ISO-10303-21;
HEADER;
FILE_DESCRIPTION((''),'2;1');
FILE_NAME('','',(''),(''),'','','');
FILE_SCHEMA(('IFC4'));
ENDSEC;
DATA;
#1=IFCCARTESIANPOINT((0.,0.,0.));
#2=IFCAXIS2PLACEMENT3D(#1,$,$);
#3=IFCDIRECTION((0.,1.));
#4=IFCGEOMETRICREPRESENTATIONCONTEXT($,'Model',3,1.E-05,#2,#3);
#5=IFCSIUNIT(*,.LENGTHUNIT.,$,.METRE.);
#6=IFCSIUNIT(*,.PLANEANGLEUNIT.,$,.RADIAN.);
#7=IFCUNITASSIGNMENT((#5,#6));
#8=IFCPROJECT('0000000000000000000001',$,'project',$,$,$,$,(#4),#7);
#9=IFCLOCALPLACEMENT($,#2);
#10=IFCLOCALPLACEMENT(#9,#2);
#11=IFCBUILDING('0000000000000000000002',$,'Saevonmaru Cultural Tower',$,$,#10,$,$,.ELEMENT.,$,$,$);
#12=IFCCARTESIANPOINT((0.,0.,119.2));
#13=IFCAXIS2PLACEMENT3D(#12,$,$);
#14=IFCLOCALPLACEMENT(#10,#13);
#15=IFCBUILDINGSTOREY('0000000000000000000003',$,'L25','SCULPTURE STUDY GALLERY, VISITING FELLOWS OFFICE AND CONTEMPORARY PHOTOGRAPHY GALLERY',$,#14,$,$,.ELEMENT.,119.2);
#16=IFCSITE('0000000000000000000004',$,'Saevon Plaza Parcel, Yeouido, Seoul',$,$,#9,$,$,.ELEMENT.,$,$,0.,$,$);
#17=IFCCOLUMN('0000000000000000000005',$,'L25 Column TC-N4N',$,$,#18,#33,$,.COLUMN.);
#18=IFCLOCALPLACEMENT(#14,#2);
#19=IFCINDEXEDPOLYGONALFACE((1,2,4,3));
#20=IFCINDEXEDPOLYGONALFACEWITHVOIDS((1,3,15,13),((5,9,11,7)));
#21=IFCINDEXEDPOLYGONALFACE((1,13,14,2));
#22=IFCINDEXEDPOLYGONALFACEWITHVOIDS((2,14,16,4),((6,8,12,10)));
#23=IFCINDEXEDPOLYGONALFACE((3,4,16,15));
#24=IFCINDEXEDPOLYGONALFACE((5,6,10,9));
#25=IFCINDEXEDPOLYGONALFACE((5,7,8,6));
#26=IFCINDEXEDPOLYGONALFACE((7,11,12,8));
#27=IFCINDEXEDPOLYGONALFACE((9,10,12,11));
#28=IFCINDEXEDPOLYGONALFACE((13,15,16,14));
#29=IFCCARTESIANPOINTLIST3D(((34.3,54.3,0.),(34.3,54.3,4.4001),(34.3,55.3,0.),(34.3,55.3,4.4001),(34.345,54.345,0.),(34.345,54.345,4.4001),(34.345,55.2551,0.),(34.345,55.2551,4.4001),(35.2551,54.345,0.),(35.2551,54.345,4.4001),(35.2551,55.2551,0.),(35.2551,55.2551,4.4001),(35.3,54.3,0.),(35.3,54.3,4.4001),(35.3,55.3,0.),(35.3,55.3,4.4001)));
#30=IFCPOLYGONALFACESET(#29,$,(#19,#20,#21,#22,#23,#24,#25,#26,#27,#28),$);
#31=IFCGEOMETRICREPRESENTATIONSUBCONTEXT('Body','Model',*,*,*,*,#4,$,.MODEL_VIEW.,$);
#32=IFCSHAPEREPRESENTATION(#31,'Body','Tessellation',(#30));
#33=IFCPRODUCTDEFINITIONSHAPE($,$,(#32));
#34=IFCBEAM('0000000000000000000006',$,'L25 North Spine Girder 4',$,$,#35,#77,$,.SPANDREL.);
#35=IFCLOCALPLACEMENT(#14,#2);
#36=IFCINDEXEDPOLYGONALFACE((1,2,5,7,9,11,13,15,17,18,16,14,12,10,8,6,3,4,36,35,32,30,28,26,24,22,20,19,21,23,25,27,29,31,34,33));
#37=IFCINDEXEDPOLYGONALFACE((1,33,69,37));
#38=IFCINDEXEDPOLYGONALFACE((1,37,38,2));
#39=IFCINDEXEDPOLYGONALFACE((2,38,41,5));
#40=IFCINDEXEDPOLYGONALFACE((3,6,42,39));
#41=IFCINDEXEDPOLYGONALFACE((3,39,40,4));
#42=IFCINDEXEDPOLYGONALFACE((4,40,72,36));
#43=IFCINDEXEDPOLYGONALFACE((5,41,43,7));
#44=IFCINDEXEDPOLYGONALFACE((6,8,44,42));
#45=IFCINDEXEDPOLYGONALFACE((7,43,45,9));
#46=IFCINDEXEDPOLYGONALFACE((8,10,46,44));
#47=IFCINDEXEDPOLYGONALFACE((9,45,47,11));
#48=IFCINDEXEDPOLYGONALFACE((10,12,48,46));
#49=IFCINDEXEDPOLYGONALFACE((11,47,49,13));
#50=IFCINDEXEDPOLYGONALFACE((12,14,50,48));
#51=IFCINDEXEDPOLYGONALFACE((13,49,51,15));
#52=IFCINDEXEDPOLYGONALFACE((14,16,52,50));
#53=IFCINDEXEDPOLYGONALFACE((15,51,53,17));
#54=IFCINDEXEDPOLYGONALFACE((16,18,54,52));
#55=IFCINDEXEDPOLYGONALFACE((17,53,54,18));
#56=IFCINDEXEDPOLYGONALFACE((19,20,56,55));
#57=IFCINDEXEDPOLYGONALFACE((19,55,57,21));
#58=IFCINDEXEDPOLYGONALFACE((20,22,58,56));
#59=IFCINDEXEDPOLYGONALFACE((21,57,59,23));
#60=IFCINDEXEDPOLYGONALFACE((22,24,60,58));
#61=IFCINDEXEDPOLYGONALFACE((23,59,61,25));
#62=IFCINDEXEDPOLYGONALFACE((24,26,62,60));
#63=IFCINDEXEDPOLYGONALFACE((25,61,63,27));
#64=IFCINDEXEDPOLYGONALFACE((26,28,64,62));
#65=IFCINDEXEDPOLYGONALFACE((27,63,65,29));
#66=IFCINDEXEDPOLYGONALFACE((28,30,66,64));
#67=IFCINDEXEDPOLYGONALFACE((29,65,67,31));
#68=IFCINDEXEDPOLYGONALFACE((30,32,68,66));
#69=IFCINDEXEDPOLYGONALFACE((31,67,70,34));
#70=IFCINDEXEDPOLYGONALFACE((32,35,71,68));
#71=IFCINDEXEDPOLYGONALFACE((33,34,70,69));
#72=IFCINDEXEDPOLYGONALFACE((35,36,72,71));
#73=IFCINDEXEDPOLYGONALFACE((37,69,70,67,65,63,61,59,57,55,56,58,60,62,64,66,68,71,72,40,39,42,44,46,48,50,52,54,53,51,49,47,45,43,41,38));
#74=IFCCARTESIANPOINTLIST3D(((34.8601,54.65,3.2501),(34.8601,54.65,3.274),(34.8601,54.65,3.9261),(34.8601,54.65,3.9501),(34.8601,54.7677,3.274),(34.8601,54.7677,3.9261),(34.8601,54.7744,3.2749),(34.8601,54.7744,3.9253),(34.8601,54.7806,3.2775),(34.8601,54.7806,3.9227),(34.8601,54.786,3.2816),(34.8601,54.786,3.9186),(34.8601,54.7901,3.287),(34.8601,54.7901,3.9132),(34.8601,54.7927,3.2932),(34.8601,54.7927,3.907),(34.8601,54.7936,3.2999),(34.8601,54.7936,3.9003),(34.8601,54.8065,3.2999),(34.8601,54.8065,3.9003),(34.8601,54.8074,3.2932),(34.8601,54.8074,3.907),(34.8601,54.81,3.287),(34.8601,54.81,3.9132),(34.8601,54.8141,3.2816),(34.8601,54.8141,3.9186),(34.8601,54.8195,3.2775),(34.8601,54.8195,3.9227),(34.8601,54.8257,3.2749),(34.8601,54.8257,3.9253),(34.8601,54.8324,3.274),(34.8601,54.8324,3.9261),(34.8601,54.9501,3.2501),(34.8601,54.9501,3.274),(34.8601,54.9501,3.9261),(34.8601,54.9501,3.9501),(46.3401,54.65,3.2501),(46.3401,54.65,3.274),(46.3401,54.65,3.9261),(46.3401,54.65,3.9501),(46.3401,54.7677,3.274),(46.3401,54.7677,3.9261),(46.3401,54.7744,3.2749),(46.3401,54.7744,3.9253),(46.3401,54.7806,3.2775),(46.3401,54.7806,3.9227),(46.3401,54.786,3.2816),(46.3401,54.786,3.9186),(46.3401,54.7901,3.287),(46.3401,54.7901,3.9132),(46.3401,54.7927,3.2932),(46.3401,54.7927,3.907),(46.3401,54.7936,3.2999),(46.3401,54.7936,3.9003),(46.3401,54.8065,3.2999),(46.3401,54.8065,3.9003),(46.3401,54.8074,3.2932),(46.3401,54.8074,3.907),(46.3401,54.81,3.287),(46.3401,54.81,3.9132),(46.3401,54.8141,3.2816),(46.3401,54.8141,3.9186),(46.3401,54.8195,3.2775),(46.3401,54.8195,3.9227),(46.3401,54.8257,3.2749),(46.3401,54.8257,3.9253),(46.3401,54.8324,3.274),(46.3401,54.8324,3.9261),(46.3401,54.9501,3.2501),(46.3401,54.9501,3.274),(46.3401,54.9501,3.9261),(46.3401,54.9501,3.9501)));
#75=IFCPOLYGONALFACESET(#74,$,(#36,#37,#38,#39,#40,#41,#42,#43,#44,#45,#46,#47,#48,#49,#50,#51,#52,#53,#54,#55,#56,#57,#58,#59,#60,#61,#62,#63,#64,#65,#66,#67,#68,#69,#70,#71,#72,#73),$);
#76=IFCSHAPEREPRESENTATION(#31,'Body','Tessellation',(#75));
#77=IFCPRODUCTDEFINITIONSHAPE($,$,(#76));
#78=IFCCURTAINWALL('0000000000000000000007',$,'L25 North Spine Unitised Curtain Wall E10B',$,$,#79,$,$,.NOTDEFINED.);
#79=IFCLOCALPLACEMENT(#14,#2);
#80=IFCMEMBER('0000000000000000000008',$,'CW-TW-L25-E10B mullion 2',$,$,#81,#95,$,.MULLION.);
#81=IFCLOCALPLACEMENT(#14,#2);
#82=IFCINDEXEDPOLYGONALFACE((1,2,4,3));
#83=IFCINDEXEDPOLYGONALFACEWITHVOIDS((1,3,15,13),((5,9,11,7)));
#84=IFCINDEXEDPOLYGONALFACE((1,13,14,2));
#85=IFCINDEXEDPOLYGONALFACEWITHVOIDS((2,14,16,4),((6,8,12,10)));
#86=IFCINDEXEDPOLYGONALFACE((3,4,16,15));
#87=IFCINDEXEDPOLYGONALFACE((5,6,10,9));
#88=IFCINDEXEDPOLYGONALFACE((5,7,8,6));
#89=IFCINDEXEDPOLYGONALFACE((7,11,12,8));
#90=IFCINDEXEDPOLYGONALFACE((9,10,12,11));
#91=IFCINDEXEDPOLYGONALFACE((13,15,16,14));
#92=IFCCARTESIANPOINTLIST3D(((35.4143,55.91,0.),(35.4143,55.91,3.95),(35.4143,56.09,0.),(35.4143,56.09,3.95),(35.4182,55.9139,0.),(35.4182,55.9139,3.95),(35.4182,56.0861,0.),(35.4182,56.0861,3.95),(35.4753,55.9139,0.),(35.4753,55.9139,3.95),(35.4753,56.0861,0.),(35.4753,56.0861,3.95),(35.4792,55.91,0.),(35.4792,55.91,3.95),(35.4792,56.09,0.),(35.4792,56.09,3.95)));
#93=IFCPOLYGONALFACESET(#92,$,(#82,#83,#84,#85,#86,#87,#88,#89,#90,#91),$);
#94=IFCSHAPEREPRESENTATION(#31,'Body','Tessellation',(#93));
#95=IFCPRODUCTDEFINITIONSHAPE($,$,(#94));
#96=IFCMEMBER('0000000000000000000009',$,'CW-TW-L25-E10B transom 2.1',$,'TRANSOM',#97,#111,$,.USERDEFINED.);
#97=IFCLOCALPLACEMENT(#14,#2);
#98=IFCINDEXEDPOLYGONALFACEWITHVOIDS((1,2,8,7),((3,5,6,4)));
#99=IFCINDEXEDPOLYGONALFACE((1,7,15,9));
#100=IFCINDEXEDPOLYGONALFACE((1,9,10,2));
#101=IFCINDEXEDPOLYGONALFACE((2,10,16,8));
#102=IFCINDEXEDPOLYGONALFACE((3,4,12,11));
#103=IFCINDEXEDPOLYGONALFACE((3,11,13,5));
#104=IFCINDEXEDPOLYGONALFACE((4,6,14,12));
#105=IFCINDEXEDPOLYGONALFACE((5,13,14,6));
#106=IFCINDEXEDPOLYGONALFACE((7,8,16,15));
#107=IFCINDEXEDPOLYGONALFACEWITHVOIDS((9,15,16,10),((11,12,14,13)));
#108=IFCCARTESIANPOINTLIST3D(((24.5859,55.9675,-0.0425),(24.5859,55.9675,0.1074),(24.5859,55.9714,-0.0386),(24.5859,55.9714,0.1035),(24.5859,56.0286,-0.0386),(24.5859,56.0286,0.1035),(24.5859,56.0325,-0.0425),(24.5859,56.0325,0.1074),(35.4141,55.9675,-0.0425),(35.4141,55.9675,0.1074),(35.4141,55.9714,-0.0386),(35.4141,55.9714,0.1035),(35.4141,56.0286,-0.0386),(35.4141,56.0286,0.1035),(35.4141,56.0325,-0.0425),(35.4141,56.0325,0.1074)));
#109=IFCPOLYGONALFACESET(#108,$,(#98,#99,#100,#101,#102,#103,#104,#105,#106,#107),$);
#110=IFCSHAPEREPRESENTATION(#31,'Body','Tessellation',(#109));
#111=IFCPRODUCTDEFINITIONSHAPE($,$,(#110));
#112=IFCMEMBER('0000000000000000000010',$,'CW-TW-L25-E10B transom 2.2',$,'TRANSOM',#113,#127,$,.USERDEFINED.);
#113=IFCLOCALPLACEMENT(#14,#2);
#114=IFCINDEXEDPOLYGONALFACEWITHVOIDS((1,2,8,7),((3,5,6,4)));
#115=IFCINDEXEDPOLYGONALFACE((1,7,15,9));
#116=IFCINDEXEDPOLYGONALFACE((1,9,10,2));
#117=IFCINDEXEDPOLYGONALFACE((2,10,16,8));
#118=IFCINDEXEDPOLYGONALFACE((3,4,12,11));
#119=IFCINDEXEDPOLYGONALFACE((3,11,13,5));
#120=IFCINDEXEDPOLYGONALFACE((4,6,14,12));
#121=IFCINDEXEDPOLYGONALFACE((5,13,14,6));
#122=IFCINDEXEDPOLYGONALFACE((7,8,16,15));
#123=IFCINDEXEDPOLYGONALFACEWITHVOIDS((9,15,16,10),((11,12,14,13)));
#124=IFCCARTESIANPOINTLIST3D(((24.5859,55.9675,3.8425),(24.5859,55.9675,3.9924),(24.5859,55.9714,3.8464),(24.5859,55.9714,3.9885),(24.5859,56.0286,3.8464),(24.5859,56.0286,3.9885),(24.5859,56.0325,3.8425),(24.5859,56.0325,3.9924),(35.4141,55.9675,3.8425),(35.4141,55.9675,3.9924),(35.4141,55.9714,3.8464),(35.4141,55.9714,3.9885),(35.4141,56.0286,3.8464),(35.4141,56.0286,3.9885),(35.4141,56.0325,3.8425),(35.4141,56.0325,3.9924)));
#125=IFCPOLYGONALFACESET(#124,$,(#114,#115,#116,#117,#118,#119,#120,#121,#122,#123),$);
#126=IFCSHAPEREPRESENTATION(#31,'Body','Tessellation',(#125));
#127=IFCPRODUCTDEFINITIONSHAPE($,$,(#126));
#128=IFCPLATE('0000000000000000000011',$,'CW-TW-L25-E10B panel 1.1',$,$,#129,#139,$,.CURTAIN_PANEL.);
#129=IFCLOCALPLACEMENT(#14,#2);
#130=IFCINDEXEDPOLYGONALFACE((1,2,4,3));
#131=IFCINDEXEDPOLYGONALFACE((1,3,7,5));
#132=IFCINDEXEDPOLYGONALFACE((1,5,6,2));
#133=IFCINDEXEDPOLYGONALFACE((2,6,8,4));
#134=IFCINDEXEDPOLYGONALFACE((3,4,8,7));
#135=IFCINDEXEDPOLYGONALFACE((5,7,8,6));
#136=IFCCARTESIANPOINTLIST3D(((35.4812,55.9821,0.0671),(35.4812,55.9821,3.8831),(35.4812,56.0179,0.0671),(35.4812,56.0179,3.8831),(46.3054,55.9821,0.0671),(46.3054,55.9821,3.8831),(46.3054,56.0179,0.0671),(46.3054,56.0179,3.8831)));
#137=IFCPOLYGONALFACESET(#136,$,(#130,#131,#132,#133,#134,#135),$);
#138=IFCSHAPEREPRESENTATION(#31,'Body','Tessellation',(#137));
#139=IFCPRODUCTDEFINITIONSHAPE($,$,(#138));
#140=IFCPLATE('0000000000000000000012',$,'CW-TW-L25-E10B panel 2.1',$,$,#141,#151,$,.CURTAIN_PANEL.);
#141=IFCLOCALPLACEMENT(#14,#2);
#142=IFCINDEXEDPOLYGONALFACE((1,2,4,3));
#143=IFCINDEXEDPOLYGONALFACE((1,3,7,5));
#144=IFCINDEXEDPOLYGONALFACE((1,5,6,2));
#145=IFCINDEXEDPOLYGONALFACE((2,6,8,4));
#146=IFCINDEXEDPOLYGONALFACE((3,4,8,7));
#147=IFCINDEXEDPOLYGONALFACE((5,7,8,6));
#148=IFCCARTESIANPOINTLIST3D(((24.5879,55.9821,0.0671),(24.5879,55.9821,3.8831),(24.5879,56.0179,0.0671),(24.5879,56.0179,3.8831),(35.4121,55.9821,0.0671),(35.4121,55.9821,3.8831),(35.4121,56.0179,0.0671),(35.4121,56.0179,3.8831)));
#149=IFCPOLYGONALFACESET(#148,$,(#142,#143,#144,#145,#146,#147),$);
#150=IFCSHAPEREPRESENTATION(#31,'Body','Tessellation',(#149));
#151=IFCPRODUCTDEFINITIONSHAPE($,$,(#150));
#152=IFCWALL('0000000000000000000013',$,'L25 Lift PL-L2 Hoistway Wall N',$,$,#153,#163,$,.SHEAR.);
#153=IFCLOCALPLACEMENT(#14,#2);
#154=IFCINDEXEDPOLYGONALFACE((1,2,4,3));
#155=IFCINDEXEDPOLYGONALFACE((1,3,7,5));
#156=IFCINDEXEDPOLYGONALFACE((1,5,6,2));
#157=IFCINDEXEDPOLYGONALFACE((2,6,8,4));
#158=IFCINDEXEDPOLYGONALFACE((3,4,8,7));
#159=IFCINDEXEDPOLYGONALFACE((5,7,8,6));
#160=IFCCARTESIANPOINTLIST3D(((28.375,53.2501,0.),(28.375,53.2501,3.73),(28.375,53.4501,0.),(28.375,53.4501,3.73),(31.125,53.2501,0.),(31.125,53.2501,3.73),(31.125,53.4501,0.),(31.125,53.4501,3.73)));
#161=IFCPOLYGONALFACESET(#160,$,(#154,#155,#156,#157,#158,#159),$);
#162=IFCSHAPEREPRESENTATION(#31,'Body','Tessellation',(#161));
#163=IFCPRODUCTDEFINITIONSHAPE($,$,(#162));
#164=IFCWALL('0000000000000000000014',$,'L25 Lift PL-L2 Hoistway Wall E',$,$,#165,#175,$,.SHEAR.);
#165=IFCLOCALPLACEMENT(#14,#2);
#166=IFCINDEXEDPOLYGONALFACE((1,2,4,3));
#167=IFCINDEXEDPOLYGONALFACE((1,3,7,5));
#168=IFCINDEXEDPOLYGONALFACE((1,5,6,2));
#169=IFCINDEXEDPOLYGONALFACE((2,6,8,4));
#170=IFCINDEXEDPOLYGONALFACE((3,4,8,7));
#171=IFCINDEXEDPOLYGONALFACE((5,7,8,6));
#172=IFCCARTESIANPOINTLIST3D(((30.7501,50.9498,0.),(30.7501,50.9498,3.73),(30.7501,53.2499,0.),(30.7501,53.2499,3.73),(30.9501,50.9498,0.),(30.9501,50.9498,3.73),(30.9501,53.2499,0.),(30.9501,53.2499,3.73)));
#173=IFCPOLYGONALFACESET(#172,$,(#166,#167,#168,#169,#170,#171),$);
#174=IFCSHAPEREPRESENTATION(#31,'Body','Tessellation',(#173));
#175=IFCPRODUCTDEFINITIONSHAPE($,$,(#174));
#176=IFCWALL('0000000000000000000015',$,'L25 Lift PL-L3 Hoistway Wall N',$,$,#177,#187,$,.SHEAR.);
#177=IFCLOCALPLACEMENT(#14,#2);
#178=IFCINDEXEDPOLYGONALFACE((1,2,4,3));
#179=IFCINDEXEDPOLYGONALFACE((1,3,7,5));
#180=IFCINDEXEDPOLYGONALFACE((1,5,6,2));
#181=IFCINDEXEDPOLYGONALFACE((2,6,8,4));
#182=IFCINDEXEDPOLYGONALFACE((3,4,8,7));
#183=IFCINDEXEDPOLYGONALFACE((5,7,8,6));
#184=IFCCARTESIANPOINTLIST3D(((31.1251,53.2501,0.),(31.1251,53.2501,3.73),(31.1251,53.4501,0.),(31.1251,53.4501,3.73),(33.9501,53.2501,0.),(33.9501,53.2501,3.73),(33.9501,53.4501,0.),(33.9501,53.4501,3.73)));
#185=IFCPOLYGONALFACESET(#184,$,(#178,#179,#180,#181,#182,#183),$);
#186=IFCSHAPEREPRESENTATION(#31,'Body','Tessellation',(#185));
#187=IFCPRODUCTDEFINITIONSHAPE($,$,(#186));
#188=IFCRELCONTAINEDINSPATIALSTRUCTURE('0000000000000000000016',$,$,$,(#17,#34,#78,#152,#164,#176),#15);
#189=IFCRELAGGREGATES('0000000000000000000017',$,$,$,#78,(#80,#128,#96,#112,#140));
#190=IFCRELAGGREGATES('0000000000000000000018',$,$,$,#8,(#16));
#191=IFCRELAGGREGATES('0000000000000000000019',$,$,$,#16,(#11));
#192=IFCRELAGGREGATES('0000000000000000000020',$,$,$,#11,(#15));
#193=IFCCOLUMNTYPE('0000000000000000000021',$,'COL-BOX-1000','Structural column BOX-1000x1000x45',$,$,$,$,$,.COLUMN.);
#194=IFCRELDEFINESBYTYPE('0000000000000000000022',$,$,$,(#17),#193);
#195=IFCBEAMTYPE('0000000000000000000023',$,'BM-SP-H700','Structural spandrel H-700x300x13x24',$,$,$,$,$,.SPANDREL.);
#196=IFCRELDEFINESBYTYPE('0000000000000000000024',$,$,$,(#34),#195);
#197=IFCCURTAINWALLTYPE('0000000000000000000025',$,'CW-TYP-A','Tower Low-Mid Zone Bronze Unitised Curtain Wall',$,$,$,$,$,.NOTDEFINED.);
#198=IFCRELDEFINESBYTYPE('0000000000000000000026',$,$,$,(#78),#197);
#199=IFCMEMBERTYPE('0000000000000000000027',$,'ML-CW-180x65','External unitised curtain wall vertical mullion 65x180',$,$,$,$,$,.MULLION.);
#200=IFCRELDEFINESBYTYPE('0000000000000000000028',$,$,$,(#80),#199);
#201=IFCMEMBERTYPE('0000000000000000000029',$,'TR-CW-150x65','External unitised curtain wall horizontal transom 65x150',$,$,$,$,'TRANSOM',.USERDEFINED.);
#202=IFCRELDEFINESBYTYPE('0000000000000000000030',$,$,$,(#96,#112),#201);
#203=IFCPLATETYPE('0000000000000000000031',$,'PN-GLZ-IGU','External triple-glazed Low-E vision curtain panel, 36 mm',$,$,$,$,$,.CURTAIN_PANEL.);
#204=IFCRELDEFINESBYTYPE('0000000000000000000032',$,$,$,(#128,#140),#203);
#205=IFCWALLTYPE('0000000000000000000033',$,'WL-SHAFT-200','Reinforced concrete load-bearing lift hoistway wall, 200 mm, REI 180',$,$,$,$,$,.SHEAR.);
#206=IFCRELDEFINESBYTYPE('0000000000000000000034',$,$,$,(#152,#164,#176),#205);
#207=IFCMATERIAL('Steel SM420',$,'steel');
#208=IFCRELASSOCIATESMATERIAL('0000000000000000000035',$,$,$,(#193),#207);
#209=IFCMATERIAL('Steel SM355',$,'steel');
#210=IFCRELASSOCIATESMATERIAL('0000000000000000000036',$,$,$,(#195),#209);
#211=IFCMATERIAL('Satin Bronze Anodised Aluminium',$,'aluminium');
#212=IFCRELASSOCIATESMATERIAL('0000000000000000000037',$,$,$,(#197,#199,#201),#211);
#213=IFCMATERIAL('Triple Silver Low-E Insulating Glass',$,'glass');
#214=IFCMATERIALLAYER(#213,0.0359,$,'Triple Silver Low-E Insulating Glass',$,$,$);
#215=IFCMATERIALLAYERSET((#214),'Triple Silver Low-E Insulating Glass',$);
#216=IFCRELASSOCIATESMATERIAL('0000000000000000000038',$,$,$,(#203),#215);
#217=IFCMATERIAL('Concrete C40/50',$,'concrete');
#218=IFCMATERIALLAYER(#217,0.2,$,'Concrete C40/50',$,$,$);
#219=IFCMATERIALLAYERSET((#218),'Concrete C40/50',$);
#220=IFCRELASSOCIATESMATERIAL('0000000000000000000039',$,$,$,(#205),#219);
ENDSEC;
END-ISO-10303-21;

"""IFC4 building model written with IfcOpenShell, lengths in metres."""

from ifc_helpers import new_model, si_unit, direction, frame, frame_2d, origin, origin_2d, place, context, subcontext, project, spatial, rectangle, hollow_rectangle, i_section, extrude, material, layer, layer_set, material_profile, profile_set, type_object, element, aggregate, save


model = new_model("IFC4")

# Units and contexts
model_context = context("Model", 3, precision=1e-05, world=origin(), true_north=direction((0.0, 1.0)))
body_context = subcontext(model_context, "Body", "Model", "MODEL_VIEW")
ifc_project = project(units=[si_unit("LENGTHUNIT", "METRE"), si_unit("PLANEANGLEUNIT", "RADIAN")], contexts=[model_context])

# Site, building, storey
site_placement = place(None, origin())
site = spatial("IfcSite", under=ifc_project, at=site_placement, Name="Saevon Plaza Parcel, Yeouido, Seoul", CompositionType="ELEMENT", RefElevation=0.0)
building_placement = place(site_placement, origin())
building = spatial("IfcBuilding", under=site, at=building_placement, Name="Saevonmaru Cultural Tower", CompositionType="ELEMENT")
storey_placement = place(building_placement, frame((0.0, 0.0, 119.2)))
storey = spatial("IfcBuildingStorey", under=building, at=storey_placement, Name="L25", Description="SCULPTURE STUDY GALLERY, VISITING FELLOWS OFFICE AND CONTEMPORARY PHOTOGRAPHY GALLERY", CompositionType="ELEMENT", Elevation=119.2)

# Column
ifc_material_1 = material(Name="Steel SM420", Category="steel")
ifc_material_profile_1 = material_profile(ifc_material_1, hollow_rectangle(XDim=1.0, YDim=1.0, WallThickness=0.0449, at=origin_2d()), Name="BOX-1000x1000x45")
ifc_profile_set_1 = profile_set([ifc_material_profile_1], Name="Steel SM420")
column_type = type_object("IfcColumnType", Name="COL-BOX-1000", Description="Structural column BOX-1000x1000x45", PredefinedType="COLUMN", material=ifc_profile_set_1)
column_placement = place(storey_placement, frame((34.8, 54.8, 0.0), z_axis=(0.0, 0.0, 1.0), x_axis=(1.0, 0.0, 0.0)))
element("IfcColumn", 1, at=column_placement, inside=storey, type_object=column_type, Name="L25 Column TC-N4N", PredefinedType="COLUMN", context=body_context, shape_type="SweptSolid", body=[
    extrude(hollow_rectangle(XDim=1.0, YDim=1.0, WallThickness=0.0449, at=origin_2d()), origin(), (0.0, 0.0, 1.0), 4.4001),
])

# Beam
ifc_material_2 = material(Name="Steel SM355", Category="steel")
ifc_material_profile_2 = material_profile(ifc_material_2, i_section(OverallWidth=0.3, OverallDepth=0.7, WebThickness=0.0129, FlangeThickness=0.0239, FilletRadius=0.0259, at=origin_2d()), Name="H-700x300x13x24")
ifc_profile_set_2 = profile_set([ifc_material_profile_2], Name="Steel SM355")
beam_type = type_object("IfcBeamType", Name="BM-SP-H700", Description="Structural spandrel H-700x300x13x24", PredefinedType="SPANDREL", material=ifc_profile_set_2)
beam_placement = place(storey_placement, frame((34.8601, 54.8, 3.6001), z_axis=(1.0, 0.0, 0.0), x_axis=(0.0, 1.0, 0.0)))
element("IfcBeam", 2, at=beam_placement, inside=storey, type_object=beam_type, Name="L25 North Spine Girder 4", PredefinedType="SPANDREL", context=body_context, shape_type="SweptSolid", body=[
    extrude(i_section(OverallWidth=0.3, OverallDepth=0.7, WebThickness=0.0129, FlangeThickness=0.0239, FilletRadius=0.0259, at=origin_2d()), origin(), (0.0, 0.0, 1.0), 11.48),
])

# Curtain wall, members, plates
ifc_material_3 = material(Name="Satin Bronze Anodised Aluminium", Category="aluminium")
curtain_wall_type = type_object("IfcCurtainWallType", Name="CW-TYP-A", Description="Tower Low-Mid Zone Bronze Unitised Curtain Wall", PredefinedType="NOTDEFINED", material=ifc_material_3)
curtain_wall_placement = place(storey_placement, origin())
curtain_wall = element("IfcCurtainWall", 3, at=curtain_wall_placement, inside=storey, type_object=curtain_wall_type, Name="L25 North Spine Unitised Curtain Wall E10B", PredefinedType="NOTDEFINED")
ifc_material_profile_3 = material_profile(ifc_material_3, hollow_rectangle(XDim=0.0649, YDim=0.1799, WallThickness=0.0039, at=origin_2d()), Name="ALU-MULL-180x65x4")
ifc_profile_set_3 = profile_set([ifc_material_profile_3], Name="Satin Bronze Anodised Aluminium")
member_type_1 = type_object("IfcMemberType", Name="ML-CW-180x65", Description="External unitised curtain wall vertical mullion 65x180", PredefinedType="MULLION", material=ifc_profile_set_3)
member_1_placement = place(storey_placement, frame((35.4468, 56.0, 0.0), z_axis=(0.0, 0.0, 1.0), x_axis=(-1.0, 0.0, 0.0)))
member_1 = element("IfcMember", 4, at=member_1_placement, type_object=member_type_1, Name="CW-TW-L25-E10B mullion 2", PredefinedType="MULLION", context=body_context, shape_type="SweptSolid", body=[
    extrude(hollow_rectangle(XDim=0.0649, YDim=0.1799, WallThickness=0.0039, at=origin_2d()), origin(), (0.0, 0.0, 1.0), 3.95),
])
ifc_material_profile_4 = material_profile(ifc_material_3, hollow_rectangle(XDim=0.0649, YDim=0.1499, WallThickness=0.0039, at=origin_2d()), Name="ALU-TRAN-150x65x4")
ifc_profile_set_4 = profile_set([ifc_material_profile_4], Name="Satin Bronze Anodised Aluminium")
member_type_2 = type_object("IfcMemberType", Name="TR-CW-150x65", Description="External unitised curtain wall horizontal transom 65x150", ElementType="TRANSOM", PredefinedType="USERDEFINED", material=ifc_profile_set_4)
member_2_placement = place(storey_placement, frame((35.4141, 56.0, 0.0325), z_axis=(-1.0, 0.0, 0.0), x_axis=(0.0, -1.0, 0.0)))
member_2 = element("IfcMember", 5, at=member_2_placement, type_object=member_type_2, Name="CW-TW-L25-E10B transom 2.1", ObjectType="TRANSOM", PredefinedType="USERDEFINED", context=body_context, shape_type="SweptSolid", body=[
    extrude(hollow_rectangle(XDim=0.0649, YDim=0.1499, WallThickness=0.0039, at=origin_2d()), origin(), (0.0, 0.0, 1.0), 10.8281),
])
member_3_placement = place(storey_placement, frame((35.4141, 56.0, 3.9175), z_axis=(-1.0, 0.0, 0.0), x_axis=(0.0, -1.0, 0.0)))
member_3 = element("IfcMember", 6, at=member_3_placement, type_object=member_type_2, Name="CW-TW-L25-E10B transom 2.2", ObjectType="TRANSOM", PredefinedType="USERDEFINED", context=body_context, shape_type="SweptSolid", body=[
    extrude(hollow_rectangle(XDim=0.0649, YDim=0.1499, WallThickness=0.0039, at=origin_2d()), origin(), (0.0, 0.0, 1.0), 10.8281),
])
ifc_material_4 = material(Name="Triple Silver Low-E Insulating Glass", Category="glass")
ifc_layer_1 = layer(ifc_material_4, 0.0359, Name="Triple Silver Low-E Insulating Glass")
ifc_layer_set_1 = layer_set([ifc_layer_1], Name="Triple Silver Low-E Insulating Glass")
plate_type = type_object("IfcPlateType", Name="PN-GLZ-IGU", Description="External triple-glazed Low-E vision curtain panel, 36 mm", PredefinedType="CURTAIN_PANEL", material=ifc_layer_set_1)
plate_1_placement = place(storey_placement, frame((40.8933, 56.0, 0.0671), z_axis=(0.0, 0.0, 1.0), x_axis=(-1.0, 0.0, 0.0)))
plate_1 = element("IfcPlate", 7, at=plate_1_placement, type_object=plate_type, Name="CW-TW-L25-E10B panel 1.1", PredefinedType="CURTAIN_PANEL", context=body_context, shape_type="SweptSolid", body=[
    extrude(rectangle(XDim=10.8242, YDim=0.0359, at=origin_2d()), origin(), (0.0, 0.0, 1.0), 3.8159),
])
plate_2_placement = place(storey_placement, frame((30.0, 56.0, 0.0671), z_axis=(0.0, 0.0, 1.0), x_axis=(-1.0, 0.0, 0.0)))
plate_2 = element("IfcPlate", 8, at=plate_2_placement, type_object=plate_type, Name="CW-TW-L25-E10B panel 2.1", PredefinedType="CURTAIN_PANEL", context=body_context, shape_type="SweptSolid", body=[
    extrude(rectangle(XDim=10.8242, YDim=0.0359, at=origin_2d()), origin(), (0.0, 0.0, 1.0), 3.8159),
])
aggregate(curtain_wall, [member_1, plate_1, member_2, member_3, plate_2])

# Walls
ifc_material_5 = material(Name="Concrete C40/50", Category="concrete")
ifc_layer_2 = layer(ifc_material_5, 0.2, Name="Concrete C40/50")
ifc_layer_set_2 = layer_set([ifc_layer_2], Name="Concrete C40/50")
wall_type_1 = type_object("IfcWallType", Name="WL-SHAFT-200", Description="Reinforced concrete load-bearing lift hoistway wall, 200 mm, REI 180", PredefinedType="SHEAR", material=ifc_layer_set_2)
wall_1_placement = place(storey_placement, frame((28.375, 53.3501, 0.0), z_axis=(0.0, 0.0, 1.0), x_axis=(1.0, 0.0, 0.0)))
element("IfcWall", 9, at=wall_1_placement, inside=storey, type_object=wall_type_1, Name="L25 Lift PL-L2 Hoistway Wall N", PredefinedType="SHEAR", context=body_context, shape_type="SweptSolid", body=[
    extrude(rectangle(XDim=2.75, YDim=0.2, at=frame_2d((1.375, 0.0))), origin(), (0.0, 0.0, 1.0), 3.73),
])
wall_2_placement = place(storey_placement, frame((30.8501, 50.95, 0.0), z_axis=(0.0, 0.0, 1.0), x_axis=(0.0, 1.0, 0.0)))
element("IfcWall", 10, at=wall_2_placement, inside=storey, type_object=wall_type_1, Name="L25 Lift PL-L2 Hoistway Wall E", PredefinedType="SHEAR", context=body_context, shape_type="SweptSolid", body=[
    extrude(rectangle(XDim=2.3, YDim=0.2, at=frame_2d((1.1499, 0.0))), origin(), (0.0, 0.0, 1.0), 3.73),
])
wall_3_placement = place(storey_placement, frame((31.125, 53.3501, 0.0), z_axis=(0.0, 0.0, 1.0), x_axis=(1.0, 0.0, 0.0)))
element("IfcWall", 11, at=wall_3_placement, inside=storey, type_object=wall_type_1, Name="L25 Lift PL-L3 Hoistway Wall N", PredefinedType="SHEAR", context=body_context, shape_type="SweptSolid", body=[
    extrude(rectangle(XDim=2.825, YDim=0.2, at=frame_2d((1.4126, 0.0))), origin(), (0.0, 0.0, 1.0), 3.73),
])

save(model, "model.ifc")
